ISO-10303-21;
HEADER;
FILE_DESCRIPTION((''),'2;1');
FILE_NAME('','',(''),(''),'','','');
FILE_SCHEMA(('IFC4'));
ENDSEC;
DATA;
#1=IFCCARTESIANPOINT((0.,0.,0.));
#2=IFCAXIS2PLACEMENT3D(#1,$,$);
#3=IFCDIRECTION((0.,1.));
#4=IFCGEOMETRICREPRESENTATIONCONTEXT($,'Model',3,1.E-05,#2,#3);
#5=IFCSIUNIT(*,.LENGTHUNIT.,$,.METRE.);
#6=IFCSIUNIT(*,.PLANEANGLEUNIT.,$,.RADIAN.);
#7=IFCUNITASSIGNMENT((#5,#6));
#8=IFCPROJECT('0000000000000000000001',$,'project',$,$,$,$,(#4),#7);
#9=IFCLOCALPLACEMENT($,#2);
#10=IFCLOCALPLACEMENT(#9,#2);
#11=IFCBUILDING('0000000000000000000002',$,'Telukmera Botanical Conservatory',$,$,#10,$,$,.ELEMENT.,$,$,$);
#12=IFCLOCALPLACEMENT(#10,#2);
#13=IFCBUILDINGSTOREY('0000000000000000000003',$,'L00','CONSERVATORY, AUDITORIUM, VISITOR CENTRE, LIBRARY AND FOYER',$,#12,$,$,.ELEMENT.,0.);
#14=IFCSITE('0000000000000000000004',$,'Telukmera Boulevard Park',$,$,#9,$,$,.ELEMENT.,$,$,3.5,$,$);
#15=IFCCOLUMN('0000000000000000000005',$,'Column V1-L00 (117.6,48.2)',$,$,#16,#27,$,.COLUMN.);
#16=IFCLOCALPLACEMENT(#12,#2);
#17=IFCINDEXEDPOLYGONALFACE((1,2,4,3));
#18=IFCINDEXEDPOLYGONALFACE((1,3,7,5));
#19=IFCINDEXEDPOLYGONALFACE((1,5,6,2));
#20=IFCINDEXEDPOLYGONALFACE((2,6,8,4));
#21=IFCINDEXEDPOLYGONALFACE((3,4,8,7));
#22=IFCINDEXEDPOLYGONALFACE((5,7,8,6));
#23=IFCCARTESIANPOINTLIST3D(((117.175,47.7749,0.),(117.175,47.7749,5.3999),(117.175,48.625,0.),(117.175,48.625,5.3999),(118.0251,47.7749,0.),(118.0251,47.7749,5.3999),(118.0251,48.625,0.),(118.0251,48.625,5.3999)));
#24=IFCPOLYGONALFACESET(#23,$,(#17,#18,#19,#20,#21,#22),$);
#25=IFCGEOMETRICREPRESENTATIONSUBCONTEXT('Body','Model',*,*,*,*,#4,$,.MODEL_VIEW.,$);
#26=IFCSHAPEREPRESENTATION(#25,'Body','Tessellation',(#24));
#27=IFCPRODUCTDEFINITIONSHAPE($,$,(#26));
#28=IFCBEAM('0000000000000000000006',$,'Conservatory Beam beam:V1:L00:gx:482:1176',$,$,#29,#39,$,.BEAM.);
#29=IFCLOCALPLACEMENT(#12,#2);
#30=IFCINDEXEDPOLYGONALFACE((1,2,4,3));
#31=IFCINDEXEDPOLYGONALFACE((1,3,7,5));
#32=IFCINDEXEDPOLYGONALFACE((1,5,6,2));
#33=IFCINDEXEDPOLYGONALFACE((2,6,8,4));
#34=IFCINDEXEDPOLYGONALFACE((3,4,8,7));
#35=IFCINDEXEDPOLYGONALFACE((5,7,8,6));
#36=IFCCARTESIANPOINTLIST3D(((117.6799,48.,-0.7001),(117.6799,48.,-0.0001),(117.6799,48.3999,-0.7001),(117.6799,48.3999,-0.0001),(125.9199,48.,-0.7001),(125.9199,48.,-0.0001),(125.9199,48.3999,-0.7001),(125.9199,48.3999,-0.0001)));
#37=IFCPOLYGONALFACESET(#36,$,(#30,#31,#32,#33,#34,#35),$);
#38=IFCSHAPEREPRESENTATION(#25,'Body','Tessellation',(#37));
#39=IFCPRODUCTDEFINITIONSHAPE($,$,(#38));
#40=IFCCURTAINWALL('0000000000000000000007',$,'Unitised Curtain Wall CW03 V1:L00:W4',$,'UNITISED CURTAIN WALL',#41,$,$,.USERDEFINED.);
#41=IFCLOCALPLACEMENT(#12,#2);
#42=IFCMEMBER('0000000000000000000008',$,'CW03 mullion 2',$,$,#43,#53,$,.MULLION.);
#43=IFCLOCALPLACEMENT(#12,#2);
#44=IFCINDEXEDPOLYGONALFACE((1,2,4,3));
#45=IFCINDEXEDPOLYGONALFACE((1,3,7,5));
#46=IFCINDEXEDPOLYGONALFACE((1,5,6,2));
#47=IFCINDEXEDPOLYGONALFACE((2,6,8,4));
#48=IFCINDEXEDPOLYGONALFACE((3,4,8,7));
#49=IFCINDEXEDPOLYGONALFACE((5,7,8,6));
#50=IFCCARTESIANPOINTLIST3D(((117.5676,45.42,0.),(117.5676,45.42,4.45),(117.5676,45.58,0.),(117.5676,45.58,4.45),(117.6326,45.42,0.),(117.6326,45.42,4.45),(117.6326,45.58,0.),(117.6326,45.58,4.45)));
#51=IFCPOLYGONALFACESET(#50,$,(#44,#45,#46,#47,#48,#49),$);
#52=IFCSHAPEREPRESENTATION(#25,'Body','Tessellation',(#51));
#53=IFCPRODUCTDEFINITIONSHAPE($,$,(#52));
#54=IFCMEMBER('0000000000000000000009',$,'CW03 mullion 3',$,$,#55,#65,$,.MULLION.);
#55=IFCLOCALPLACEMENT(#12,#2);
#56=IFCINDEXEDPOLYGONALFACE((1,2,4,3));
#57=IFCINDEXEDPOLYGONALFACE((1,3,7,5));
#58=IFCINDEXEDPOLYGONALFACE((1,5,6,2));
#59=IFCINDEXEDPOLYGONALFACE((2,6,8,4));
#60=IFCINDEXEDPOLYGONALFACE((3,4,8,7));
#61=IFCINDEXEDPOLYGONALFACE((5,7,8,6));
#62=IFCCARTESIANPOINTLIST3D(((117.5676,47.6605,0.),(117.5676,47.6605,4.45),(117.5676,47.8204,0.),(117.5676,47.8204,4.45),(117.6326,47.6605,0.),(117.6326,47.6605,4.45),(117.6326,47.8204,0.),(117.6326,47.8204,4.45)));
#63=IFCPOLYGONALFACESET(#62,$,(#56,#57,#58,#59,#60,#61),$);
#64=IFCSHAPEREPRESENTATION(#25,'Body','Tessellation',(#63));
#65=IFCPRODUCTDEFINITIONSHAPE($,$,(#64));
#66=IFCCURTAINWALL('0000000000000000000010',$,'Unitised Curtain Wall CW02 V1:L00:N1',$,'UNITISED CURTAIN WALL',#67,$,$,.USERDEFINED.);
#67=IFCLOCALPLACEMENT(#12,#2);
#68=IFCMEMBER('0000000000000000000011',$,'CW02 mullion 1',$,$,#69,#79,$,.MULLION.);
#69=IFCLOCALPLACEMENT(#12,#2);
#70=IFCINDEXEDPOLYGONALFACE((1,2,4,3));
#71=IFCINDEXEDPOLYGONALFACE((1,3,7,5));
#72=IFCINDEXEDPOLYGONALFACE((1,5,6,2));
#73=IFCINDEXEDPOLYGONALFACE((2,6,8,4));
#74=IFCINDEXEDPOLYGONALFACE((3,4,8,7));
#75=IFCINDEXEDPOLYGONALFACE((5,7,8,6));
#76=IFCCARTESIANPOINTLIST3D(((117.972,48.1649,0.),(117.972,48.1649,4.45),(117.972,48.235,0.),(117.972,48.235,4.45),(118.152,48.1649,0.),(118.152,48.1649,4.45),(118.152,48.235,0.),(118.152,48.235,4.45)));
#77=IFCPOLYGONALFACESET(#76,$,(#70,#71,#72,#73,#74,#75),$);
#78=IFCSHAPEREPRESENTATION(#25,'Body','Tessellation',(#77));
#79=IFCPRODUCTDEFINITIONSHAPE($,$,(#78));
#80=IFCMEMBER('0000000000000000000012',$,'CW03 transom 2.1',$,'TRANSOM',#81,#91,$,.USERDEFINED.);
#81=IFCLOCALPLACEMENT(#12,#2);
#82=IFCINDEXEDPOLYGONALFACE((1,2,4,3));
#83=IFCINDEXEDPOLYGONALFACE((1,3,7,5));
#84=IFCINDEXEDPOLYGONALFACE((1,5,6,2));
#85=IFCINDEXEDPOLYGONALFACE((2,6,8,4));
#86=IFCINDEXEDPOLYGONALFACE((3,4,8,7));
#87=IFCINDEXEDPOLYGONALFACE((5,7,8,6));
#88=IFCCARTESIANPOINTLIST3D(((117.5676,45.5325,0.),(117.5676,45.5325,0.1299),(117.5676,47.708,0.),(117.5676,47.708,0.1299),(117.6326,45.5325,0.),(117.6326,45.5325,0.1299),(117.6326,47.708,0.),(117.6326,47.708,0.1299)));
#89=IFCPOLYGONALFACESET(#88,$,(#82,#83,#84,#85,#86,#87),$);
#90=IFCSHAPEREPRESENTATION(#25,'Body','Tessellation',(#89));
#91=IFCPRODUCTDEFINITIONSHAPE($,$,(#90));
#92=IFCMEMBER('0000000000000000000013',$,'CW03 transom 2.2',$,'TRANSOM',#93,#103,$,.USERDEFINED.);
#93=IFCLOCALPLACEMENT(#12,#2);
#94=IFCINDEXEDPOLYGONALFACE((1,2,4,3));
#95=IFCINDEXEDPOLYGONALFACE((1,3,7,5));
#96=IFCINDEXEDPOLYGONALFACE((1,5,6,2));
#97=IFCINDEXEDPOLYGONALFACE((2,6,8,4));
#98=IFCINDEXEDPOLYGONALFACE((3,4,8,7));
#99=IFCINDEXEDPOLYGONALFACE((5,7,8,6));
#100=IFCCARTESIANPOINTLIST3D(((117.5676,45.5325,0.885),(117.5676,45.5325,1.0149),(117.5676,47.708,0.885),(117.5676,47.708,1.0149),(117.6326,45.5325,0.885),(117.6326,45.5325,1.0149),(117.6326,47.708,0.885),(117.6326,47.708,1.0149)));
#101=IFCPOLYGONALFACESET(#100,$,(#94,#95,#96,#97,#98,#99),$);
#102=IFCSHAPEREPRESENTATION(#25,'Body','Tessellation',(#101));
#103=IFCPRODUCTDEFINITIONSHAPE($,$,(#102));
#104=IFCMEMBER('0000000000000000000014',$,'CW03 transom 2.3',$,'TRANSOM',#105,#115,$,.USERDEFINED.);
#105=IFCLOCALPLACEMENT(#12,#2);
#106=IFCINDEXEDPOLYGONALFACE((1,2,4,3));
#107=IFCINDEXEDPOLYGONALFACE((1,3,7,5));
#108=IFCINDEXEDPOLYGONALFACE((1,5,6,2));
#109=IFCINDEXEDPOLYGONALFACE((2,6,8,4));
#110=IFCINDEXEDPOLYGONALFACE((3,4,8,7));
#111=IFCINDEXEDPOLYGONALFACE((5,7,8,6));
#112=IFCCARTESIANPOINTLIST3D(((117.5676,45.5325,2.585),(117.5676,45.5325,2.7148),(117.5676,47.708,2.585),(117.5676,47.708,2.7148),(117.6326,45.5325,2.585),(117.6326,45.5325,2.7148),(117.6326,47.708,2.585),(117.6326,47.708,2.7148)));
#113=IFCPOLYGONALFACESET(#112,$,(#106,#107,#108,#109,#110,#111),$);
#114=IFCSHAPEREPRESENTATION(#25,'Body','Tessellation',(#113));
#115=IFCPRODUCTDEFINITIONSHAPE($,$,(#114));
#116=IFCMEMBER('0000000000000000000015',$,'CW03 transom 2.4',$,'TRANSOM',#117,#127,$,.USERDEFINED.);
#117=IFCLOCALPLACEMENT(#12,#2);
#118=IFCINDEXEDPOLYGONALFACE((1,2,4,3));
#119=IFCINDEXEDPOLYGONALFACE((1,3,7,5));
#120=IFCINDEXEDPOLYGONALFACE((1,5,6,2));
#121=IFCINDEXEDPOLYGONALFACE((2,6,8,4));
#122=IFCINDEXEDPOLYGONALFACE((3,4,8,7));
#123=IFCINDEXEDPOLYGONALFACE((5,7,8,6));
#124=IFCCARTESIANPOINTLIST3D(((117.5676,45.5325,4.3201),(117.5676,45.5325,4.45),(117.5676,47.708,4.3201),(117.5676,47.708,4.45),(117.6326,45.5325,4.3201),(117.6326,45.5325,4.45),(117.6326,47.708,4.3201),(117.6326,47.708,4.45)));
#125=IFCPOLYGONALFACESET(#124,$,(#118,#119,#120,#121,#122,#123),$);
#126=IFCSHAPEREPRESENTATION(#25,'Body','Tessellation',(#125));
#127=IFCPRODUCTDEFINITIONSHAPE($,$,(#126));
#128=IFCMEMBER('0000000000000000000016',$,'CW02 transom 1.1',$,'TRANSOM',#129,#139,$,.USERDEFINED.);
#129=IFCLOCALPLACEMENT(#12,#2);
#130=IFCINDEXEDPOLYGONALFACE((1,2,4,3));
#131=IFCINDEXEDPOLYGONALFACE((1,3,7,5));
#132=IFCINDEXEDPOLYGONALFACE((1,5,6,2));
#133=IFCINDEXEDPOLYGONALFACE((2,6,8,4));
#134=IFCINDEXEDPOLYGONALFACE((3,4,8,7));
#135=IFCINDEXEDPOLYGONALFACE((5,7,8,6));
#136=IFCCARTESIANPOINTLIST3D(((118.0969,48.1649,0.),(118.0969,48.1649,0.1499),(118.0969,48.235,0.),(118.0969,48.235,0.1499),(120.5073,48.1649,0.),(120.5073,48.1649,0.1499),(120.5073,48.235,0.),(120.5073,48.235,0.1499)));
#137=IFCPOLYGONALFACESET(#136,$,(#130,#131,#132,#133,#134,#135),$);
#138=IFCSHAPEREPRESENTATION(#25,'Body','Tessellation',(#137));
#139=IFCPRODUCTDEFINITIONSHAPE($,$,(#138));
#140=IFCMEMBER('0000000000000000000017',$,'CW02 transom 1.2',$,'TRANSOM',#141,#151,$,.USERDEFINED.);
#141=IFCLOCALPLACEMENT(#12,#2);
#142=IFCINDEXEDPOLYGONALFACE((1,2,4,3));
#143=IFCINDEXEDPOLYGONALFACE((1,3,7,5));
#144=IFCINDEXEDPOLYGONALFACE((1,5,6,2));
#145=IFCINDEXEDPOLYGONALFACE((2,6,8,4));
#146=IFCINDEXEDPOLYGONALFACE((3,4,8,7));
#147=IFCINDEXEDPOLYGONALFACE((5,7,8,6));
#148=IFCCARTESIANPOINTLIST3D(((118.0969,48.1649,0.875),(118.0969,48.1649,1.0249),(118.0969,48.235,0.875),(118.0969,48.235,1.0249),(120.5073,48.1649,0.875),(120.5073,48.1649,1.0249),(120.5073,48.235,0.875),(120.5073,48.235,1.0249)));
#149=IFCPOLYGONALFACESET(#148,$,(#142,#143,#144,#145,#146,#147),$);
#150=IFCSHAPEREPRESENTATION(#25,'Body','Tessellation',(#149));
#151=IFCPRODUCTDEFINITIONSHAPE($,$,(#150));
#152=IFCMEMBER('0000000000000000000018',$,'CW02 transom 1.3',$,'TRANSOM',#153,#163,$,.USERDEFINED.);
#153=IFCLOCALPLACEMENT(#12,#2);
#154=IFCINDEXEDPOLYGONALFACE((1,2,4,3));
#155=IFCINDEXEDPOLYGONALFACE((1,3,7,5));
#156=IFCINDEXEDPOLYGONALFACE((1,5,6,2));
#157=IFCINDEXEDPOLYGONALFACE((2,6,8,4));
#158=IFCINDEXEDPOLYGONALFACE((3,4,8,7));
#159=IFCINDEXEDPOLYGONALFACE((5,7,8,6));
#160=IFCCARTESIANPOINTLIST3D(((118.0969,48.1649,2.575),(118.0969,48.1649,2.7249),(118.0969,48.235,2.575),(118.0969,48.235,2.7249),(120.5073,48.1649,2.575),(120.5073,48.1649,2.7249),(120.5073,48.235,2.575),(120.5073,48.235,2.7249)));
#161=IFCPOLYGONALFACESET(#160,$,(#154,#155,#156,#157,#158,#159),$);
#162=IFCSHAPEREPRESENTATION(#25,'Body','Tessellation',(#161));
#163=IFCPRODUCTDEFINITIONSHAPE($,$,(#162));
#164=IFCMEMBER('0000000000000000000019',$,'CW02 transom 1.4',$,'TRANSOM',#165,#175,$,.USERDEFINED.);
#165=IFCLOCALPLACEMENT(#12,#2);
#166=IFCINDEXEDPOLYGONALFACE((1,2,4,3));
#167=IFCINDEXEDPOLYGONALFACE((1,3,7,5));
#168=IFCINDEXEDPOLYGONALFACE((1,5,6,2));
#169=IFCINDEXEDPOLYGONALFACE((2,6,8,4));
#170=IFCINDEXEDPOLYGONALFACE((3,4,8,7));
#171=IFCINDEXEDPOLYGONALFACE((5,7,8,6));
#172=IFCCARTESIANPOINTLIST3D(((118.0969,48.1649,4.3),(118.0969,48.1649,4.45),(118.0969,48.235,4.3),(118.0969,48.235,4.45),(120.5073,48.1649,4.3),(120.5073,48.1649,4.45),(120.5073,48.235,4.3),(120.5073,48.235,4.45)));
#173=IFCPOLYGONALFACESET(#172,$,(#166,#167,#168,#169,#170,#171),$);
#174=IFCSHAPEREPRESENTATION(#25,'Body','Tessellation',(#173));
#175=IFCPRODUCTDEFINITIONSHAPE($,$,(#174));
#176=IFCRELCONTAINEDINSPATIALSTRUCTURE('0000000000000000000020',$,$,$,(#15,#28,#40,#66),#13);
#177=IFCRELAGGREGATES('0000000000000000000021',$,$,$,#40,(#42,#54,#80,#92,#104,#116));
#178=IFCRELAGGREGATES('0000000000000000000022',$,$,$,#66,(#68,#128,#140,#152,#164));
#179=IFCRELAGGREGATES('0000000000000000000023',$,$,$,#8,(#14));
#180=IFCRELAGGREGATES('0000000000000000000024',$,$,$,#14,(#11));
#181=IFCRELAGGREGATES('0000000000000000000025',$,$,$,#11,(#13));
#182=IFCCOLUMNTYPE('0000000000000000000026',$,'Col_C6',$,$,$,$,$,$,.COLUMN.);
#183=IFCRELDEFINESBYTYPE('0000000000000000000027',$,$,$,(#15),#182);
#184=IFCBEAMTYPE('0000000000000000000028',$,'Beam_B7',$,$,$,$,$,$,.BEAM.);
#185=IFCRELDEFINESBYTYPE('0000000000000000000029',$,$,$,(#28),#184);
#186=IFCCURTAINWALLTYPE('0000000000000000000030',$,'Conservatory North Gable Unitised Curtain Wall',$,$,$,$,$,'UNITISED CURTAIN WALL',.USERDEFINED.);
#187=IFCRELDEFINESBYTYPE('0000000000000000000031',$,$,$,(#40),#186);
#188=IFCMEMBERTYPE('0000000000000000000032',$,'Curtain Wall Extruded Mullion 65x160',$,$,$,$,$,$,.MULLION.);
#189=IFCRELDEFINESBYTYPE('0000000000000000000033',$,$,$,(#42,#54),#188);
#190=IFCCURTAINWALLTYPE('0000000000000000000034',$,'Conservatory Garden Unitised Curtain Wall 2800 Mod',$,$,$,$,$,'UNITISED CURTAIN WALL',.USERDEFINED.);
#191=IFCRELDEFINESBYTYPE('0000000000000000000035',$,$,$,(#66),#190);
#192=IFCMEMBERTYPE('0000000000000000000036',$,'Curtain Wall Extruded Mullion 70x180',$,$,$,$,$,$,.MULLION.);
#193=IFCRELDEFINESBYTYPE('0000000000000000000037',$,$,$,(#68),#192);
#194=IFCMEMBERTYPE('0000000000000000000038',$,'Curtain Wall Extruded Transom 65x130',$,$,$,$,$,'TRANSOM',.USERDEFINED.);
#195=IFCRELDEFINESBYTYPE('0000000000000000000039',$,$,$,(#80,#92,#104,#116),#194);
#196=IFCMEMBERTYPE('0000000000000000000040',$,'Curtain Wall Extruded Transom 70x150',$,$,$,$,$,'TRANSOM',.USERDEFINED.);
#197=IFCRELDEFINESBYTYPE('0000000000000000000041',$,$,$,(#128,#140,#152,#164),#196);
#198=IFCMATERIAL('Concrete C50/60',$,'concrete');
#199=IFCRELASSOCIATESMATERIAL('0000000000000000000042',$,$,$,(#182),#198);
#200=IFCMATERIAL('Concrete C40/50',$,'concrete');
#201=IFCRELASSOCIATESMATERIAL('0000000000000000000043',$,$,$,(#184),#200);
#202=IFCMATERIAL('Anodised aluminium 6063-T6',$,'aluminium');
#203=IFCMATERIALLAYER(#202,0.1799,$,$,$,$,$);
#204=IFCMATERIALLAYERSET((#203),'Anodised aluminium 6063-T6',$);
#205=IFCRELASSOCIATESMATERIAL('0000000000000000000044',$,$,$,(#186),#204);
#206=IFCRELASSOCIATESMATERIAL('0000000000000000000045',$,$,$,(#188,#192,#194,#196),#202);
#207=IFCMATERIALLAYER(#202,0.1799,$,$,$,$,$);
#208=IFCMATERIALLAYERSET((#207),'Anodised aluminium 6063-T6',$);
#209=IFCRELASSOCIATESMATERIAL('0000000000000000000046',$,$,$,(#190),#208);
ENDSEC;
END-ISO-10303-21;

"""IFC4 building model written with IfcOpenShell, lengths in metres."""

from ifc_helpers import new_model, si_unit, direction, frame, origin, origin_2d, place, context, subcontext, project, spatial, rectangle, extrude, material, layer, layer_set, material_profile, profile_set, type_object, element, aggregate, save


model = new_model("IFC4")

# Units and contexts
model_context = context("Model", 3, precision=1e-05, world=origin(), true_north=direction((0.0, 1.0)))
body_context = subcontext(model_context, "Body", "Model", "MODEL_VIEW")
ifc_project = project(units=[si_unit("LENGTHUNIT", "METRE"), si_unit("PLANEANGLEUNIT", "RADIAN")], contexts=[model_context])

# Site, building, storey
site_placement = place(None, origin())
site = spatial("IfcSite", under=ifc_project, at=site_placement, Name="Telukmera Boulevard Park", CompositionType="ELEMENT", RefElevation=3.5)
building_placement = place(site_placement, origin())
building = spatial("IfcBuilding", under=site, at=building_placement, Name="Telukmera Botanical Conservatory", CompositionType="ELEMENT")
storey_placement = place(building_placement, origin())
storey = spatial("IfcBuildingStorey", under=building, at=storey_placement, Name="L00", Description="CONSERVATORY, AUDITORIUM, VISITOR CENTRE, LIBRARY AND FOYER", CompositionType="ELEMENT", Elevation=0.0)

# Column
ifc_material_1 = material(Name="Concrete C50/60", Category="concrete")
ifc_material_profile_1 = material_profile(ifc_material_1, rectangle(XDim=0.8501, YDim=0.8501, at=origin_2d()), Name="RC 850x850")
ifc_profile_set_1 = profile_set([ifc_material_profile_1], Name="Concrete C50/60")
column_type = type_object("IfcColumnType", Name="Col_C6", PredefinedType="COLUMN", material=ifc_profile_set_1)
column_placement = place(storey_placement, frame((117.6001, 48.2, 0.0), z_axis=(0.0, 0.0, 1.0), x_axis=(1.0, 0.0, 0.0)))
element("IfcColumn", 1, at=column_placement, inside=storey, type_object=column_type, Name="Column V1-L00 (117.6,48.2)", PredefinedType="COLUMN", context=body_context, shape_type="SweptSolid", body=[
    extrude(rectangle(XDim=0.8501, YDim=0.8501, at=origin_2d()), origin(), (0.0, 0.0, 1.0), 5.3999),
])

# Beam
ifc_material_2 = material(Name="Concrete C40/50", Category="concrete")
ifc_material_profile_2 = material_profile(ifc_material_2, rectangle(XDim=0.3999, YDim=0.7, at=origin_2d()), Name="RC 400x700")
ifc_profile_set_2 = profile_set([ifc_material_profile_2], Name="Concrete C40/50")
beam_type = type_object("IfcBeamType", Name="Beam_B7", PredefinedType="BEAM", material=ifc_profile_set_2)
beam_placement = place(storey_placement, frame((117.6799, 48.2, -0.3501), z_axis=(1.0, 0.0, 0.0), x_axis=(0.0, 1.0, 0.0)))
element("IfcBeam", 2, at=beam_placement, inside=storey, type_object=beam_type, Name="Conservatory Beam beam:V1:L00:gx:482:1176", PredefinedType="BEAM", context=body_context, shape_type="SweptSolid", body=[
    extrude(rectangle(XDim=0.3999, YDim=0.7, at=origin_2d()), origin(), (0.0, 0.0, 1.0), 8.24),
])

# Curtain wall, members
ifc_material_3 = material(Name="Anodised aluminium 6063-T6", Category="aluminium")
ifc_layer_1 = layer(ifc_material_3, 0.1799)
ifc_layer_set_1 = layer_set([ifc_layer_1], Name="Anodised aluminium 6063-T6")
curtain_wall_type_1 = type_object("IfcCurtainWallType", Name="Conservatory North Gable Unitised Curtain Wall", ElementType="UNITISED CURTAIN WALL", PredefinedType="USERDEFINED", material=ifc_layer_set_1)
curtain_wall_1_placement = place(storey_placement, origin())
curtain_wall_1 = element("IfcCurtainWall", 3, at=curtain_wall_1_placement, inside=storey, type_object=curtain_wall_type_1, Name="Unitised Curtain Wall CW03 V1:L00:W4", ObjectType="UNITISED CURTAIN WALL", PredefinedType="USERDEFINED")
ifc_material_profile_3 = material_profile(ifc_material_3, rectangle(XDim=0.0649, YDim=0.1599, at=origin_2d()), Name="ALU MULL 65x160")
ifc_profile_set_3 = profile_set([ifc_material_profile_3], Name="Anodised aluminium 6063-T6")
member_type_1 = type_object("IfcMemberType", Name="Curtain Wall Extruded Mullion 65x160", PredefinedType="MULLION", material=ifc_profile_set_3)
member_1_placement = place(storey_placement, frame((117.6001, 45.5, 0.0), z_axis=(0.0, 0.0, 1.0), x_axis=(-1.0, 0.0, 0.0)))
member_1 = element("IfcMember", 4, at=member_1_placement, type_object=member_type_1, Name="CW03 mullion 2", PredefinedType="MULLION", context=body_context, shape_type="SweptSolid", body=[
    extrude(rectangle(XDim=0.0649, YDim=0.1599, at=origin_2d()), origin(), (0.0, 0.0, 1.0), 4.45),
])
member_2_placement = place(storey_placement, frame((117.6001, 47.7405, 0.0), z_axis=(0.0, 0.0, 1.0), x_axis=(-1.0, 0.0, 0.0)))
member_2 = element("IfcMember", 5, at=member_2_placement, type_object=member_type_1, Name="CW03 mullion 3", PredefinedType="MULLION", context=body_context, shape_type="SweptSolid", body=[
    extrude(rectangle(XDim=0.0649, YDim=0.1599, at=origin_2d()), origin(), (0.0, 0.0, 1.0), 4.45),
])

# Curtain wall, member
ifc_layer_2 = layer(ifc_material_3, 0.1799)
ifc_layer_set_2 = layer_set([ifc_layer_2], Name="Anodised aluminium 6063-T6")
curtain_wall_type_2 = type_object("IfcCurtainWallType", Name="Conservatory Garden Unitised Curtain Wall 2800 Mod", ElementType="UNITISED CURTAIN WALL", PredefinedType="USERDEFINED", material=ifc_layer_set_2)
curtain_wall_2_placement = place(storey_placement, origin())
curtain_wall_2 = element("IfcCurtainWall", 6, at=curtain_wall_2_placement, inside=storey, type_object=curtain_wall_type_2, Name="Unitised Curtain Wall CW02 V1:L00:N1", ObjectType="UNITISED CURTAIN WALL", PredefinedType="USERDEFINED")
ifc_material_profile_4 = material_profile(ifc_material_3, rectangle(XDim=0.0701, YDim=0.1799, at=origin_2d()), Name="ALU MULL 70x180")
ifc_profile_set_4 = profile_set([ifc_material_profile_4], Name="Anodised aluminium 6063-T6")
member_type_2 = type_object("IfcMemberType", Name="Curtain Wall Extruded Mullion 70x180", PredefinedType="MULLION", material=ifc_profile_set_4)
member_3_placement = place(storey_placement, frame((118.062, 48.2, 0.0), z_axis=(0.0, 0.0, 1.0), x_axis=(0.0, 1.0, 0.0)))
member_3 = element("IfcMember", 7, at=member_3_placement, type_object=member_type_2, Name="CW02 mullion 1", PredefinedType="MULLION", context=body_context, shape_type="SweptSolid", body=[
    extrude(rectangle(XDim=0.0701, YDim=0.1799, at=origin_2d()), origin(), (0.0, 0.0, 1.0), 4.45),
])

# Members
ifc_material_profile_5 = material_profile(ifc_material_3, rectangle(XDim=0.0649, YDim=0.1299, at=origin_2d()), Name="ALU TRAN 65x130")
ifc_profile_set_5 = profile_set([ifc_material_profile_5], Name="Anodised aluminium 6063-T6")
member_type_3 = type_object("IfcMemberType", Name="Curtain Wall Extruded Transom 65x130", ElementType="TRANSOM", PredefinedType="USERDEFINED", material=ifc_profile_set_5)
member_4_placement = place(storey_placement, frame((117.6001, 45.5325, 0.0649), z_axis=(0.0, 1.0, 0.0), x_axis=(-1.0, 0.0, 0.0)))
member_4 = element("IfcMember", 8, at=member_4_placement, type_object=member_type_3, Name="CW03 transom 2.1", ObjectType="TRANSOM", PredefinedType="USERDEFINED", context=body_context, shape_type="SweptSolid", body=[
    extrude(rectangle(XDim=0.0649, YDim=0.1299, at=origin_2d()), origin(), (0.0, 0.0, 1.0), 2.1755),
])
member_5_placement = place(storey_placement, frame((117.6001, 45.5325, 0.95), z_axis=(0.0, 1.0, 0.0), x_axis=(-1.0, 0.0, 0.0)))
member_5 = element("IfcMember", 9, at=member_5_placement, type_object=member_type_3, Name="CW03 transom 2.2", ObjectType="TRANSOM", PredefinedType="USERDEFINED", context=body_context, shape_type="SweptSolid", body=[
    extrude(rectangle(XDim=0.0649, YDim=0.1299, at=origin_2d()), origin(), (0.0, 0.0, 1.0), 2.1755),
])
member_6_placement = place(storey_placement, frame((117.6001, 45.5325, 2.6499), z_axis=(0.0, 1.0, 0.0), x_axis=(-1.0, 0.0, 0.0)))
member_6 = element("IfcMember", 10, at=member_6_placement, type_object=member_type_3, Name="CW03 transom 2.3", ObjectType="TRANSOM", PredefinedType="USERDEFINED", context=body_context, shape_type="SweptSolid", body=[
    extrude(rectangle(XDim=0.0649, YDim=0.1299, at=origin_2d()), origin(), (0.0, 0.0, 1.0), 2.1755),
])
member_7_placement = place(storey_placement, frame((117.6001, 45.5325, 4.385), z_axis=(0.0, 1.0, 0.0), x_axis=(-1.0, 0.0, 0.0)))
member_7 = element("IfcMember", 11, at=member_7_placement, type_object=member_type_3, Name="CW03 transom 2.4", ObjectType="TRANSOM", PredefinedType="USERDEFINED", context=body_context, shape_type="SweptSolid", body=[
    extrude(rectangle(XDim=0.0649, YDim=0.1299, at=origin_2d()), origin(), (0.0, 0.0, 1.0), 2.1755),
])
ifc_material_profile_6 = material_profile(ifc_material_3, rectangle(XDim=0.0701, YDim=0.1499, at=origin_2d()), Name="ALU TRAN 70x150")
ifc_profile_set_6 = profile_set([ifc_material_profile_6], Name="Anodised aluminium 6063-T6")
member_type_4 = type_object("IfcMemberType", Name="Curtain Wall Extruded Transom 70x150", ElementType="TRANSOM", PredefinedType="USERDEFINED", material=ifc_profile_set_6)
member_8_placement = place(storey_placement, frame((118.0969, 48.2, 0.075), z_axis=(1.0, 0.0, 0.0), x_axis=(0.0, 1.0, 0.0)))
member_8 = element("IfcMember", 12, at=member_8_placement, type_object=member_type_4, Name="CW02 transom 1.1", ObjectType="TRANSOM", PredefinedType="USERDEFINED", context=body_context, shape_type="SweptSolid", body=[
    extrude(rectangle(XDim=0.0701, YDim=0.1499, at=origin_2d()), origin(), (0.0, 0.0, 1.0), 2.4104),
])
member_9_placement = place(storey_placement, frame((118.0969, 48.2, 0.95), z_axis=(1.0, 0.0, 0.0), x_axis=(0.0, 1.0, 0.0)))
member_9 = element("IfcMember", 13, at=member_9_placement, type_object=member_type_4, Name="CW02 transom 1.2", ObjectType="TRANSOM", PredefinedType="USERDEFINED", context=body_context, shape_type="SweptSolid", body=[
    extrude(rectangle(XDim=0.0701, YDim=0.1499, at=origin_2d()), origin(), (0.0, 0.0, 1.0), 2.4104),
])
member_10_placement = place(storey_placement, frame((118.0969, 48.2, 2.6499), z_axis=(1.0, 0.0, 0.0), x_axis=(0.0, 1.0, 0.0)))
member_10 = element("IfcMember", 14, at=member_10_placement, type_object=member_type_4, Name="CW02 transom 1.3", ObjectType="TRANSOM", PredefinedType="USERDEFINED", context=body_context, shape_type="SweptSolid", body=[
    extrude(rectangle(XDim=0.0701, YDim=0.1499, at=origin_2d()), origin(), (0.0, 0.0, 1.0), 2.4104),
])
member_11_placement = place(storey_placement, frame((118.0969, 48.2, 4.375), z_axis=(1.0, 0.0, 0.0), x_axis=(0.0, 1.0, 0.0)))
member_11 = element("IfcMember", 15, at=member_11_placement, type_object=member_type_4, Name="CW02 transom 1.4", ObjectType="TRANSOM", PredefinedType="USERDEFINED", context=body_context, shape_type="SweptSolid", body=[
    extrude(rectangle(XDim=0.0701, YDim=0.1499, at=origin_2d()), origin(), (0.0, 0.0, 1.0), 2.4104),
])

aggregate(curtain_wall_1, [member_1, member_2, member_4, member_5, member_6, member_7])
aggregate(curtain_wall_2, [member_3, member_8, member_9, member_10, member_11])

save(model, "model.ifc")
